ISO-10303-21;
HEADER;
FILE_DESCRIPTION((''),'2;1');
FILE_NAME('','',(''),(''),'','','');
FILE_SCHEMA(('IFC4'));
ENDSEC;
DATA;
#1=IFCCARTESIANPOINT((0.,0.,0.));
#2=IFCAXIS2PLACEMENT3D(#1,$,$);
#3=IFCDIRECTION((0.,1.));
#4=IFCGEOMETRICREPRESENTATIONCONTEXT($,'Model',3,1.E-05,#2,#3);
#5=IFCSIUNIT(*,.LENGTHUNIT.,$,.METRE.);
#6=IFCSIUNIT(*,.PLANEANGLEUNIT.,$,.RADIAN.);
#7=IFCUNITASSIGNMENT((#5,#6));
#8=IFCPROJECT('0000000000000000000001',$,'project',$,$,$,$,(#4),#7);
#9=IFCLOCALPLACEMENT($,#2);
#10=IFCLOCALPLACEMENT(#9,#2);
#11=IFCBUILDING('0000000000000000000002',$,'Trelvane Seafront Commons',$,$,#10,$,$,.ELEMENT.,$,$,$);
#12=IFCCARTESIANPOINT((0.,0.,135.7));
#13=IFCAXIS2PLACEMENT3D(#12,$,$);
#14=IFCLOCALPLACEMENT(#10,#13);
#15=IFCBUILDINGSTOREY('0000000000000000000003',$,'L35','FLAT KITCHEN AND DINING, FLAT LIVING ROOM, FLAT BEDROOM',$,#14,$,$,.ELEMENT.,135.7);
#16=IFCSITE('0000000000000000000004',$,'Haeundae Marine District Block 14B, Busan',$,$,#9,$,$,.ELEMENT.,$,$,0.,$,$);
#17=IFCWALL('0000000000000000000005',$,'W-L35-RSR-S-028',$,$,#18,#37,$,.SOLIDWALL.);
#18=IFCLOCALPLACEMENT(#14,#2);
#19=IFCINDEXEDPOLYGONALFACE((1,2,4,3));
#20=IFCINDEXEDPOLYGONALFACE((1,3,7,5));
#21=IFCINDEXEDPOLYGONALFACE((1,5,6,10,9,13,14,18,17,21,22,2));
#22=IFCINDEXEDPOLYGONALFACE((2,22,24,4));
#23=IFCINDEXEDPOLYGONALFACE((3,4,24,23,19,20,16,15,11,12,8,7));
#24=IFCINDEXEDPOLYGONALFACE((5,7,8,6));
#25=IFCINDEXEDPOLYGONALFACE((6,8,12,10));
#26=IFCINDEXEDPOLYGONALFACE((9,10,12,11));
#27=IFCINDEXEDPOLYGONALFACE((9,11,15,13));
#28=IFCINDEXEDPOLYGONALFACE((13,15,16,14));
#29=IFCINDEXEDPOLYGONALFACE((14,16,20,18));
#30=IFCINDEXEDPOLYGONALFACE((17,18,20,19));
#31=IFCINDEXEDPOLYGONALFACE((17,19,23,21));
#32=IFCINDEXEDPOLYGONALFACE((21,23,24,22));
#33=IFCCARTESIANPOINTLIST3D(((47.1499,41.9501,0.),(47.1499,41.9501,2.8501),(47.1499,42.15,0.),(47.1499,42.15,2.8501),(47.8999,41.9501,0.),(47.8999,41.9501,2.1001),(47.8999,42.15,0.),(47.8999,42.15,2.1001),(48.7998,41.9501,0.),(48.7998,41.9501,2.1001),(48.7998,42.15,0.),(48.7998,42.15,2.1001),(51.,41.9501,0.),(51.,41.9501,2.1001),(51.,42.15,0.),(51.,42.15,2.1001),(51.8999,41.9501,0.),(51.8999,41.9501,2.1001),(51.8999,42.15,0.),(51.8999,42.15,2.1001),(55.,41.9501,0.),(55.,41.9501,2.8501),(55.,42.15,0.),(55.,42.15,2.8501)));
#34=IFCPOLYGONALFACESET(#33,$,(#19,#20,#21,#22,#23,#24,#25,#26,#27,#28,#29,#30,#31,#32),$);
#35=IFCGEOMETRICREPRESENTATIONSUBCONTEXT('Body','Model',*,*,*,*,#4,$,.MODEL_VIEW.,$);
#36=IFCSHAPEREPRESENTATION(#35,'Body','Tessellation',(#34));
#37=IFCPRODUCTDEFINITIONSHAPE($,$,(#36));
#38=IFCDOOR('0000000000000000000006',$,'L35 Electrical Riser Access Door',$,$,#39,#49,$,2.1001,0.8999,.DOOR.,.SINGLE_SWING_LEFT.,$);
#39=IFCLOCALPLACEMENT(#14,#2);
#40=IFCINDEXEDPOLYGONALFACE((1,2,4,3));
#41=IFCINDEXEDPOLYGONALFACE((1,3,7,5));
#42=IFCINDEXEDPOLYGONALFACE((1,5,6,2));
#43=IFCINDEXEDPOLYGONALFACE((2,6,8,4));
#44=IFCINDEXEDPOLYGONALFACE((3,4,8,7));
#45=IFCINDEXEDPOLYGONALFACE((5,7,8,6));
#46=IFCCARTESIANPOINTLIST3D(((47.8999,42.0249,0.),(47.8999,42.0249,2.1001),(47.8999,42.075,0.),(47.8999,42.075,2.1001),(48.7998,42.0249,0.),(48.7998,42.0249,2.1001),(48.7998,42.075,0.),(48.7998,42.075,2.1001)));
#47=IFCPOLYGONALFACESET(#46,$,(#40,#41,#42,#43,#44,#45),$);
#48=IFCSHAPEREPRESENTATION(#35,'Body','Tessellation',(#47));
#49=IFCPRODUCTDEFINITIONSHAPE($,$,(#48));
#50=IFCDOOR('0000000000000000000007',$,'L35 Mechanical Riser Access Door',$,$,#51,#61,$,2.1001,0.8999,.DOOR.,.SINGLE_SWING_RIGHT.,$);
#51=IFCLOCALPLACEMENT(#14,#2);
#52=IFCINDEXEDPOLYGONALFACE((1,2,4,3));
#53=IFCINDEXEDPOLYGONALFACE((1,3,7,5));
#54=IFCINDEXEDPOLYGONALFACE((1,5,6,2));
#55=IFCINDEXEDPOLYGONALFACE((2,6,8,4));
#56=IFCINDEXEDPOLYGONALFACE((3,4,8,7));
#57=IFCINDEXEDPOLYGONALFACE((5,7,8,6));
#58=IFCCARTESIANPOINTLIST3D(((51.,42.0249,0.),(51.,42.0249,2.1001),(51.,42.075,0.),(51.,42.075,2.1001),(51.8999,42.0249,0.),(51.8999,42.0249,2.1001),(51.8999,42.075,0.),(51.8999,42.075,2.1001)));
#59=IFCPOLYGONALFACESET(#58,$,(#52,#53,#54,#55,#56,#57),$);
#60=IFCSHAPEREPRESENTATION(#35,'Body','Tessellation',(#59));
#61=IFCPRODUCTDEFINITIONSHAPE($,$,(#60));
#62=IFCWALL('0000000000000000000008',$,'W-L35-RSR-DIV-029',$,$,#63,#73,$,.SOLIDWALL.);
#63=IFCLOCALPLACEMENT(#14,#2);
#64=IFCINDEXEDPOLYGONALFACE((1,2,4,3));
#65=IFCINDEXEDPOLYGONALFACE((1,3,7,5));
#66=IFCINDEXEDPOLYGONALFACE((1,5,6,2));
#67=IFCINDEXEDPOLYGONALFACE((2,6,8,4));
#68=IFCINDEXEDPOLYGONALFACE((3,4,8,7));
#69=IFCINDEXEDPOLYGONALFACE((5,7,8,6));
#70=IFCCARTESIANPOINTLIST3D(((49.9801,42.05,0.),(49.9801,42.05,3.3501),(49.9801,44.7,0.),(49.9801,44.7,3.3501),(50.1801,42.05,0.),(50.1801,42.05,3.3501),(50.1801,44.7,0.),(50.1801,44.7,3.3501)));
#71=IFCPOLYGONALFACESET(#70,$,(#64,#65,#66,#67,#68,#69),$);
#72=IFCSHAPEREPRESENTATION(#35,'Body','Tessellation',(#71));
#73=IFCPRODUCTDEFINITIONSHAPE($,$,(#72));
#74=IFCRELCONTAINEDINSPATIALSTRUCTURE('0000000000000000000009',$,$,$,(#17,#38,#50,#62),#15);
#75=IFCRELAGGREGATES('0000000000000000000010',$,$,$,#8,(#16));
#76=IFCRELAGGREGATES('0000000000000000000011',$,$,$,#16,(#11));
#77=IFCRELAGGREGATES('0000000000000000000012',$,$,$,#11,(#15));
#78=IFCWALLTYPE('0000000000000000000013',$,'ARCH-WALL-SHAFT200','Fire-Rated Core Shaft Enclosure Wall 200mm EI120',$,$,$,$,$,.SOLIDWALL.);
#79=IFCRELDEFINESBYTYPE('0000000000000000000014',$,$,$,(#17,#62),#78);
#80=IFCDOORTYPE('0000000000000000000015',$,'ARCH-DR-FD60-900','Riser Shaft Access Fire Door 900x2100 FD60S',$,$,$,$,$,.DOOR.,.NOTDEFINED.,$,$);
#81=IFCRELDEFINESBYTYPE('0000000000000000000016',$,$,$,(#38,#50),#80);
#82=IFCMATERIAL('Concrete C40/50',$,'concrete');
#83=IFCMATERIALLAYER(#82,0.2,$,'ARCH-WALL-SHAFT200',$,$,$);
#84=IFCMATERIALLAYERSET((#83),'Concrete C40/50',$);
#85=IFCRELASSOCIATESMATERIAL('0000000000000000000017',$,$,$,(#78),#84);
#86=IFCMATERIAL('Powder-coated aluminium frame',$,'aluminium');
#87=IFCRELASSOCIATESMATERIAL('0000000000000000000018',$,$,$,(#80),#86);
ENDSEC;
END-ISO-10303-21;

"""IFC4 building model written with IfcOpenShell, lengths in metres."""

from ifc_helpers import new_model, si_unit, direction, frame, frame_2d, origin, place, context, subcontext, project, spatial, rectangle, extrude, source, transform, mapped, material, layer, layer_set, type_object, element, fill, save


model = new_model("IFC4")

# Units and contexts
model_context = context("Model", 3, precision=1e-05, world=origin(), true_north=direction((0.0, 1.0)))
body_context = subcontext(model_context, "Body", "Model", "MODEL_VIEW")
ifc_project = project(units=[si_unit("LENGTHUNIT", "METRE"), si_unit("PLANEANGLEUNIT", "RADIAN")], contexts=[model_context])

# Site, building, storey
site_placement = place(None, origin())
site = spatial("IfcSite", under=ifc_project, at=site_placement, Name="Haeundae Marine District Block 14B, Busan", CompositionType="ELEMENT", RefElevation=0.0)
building_placement = place(site_placement, origin())
building = spatial("IfcBuilding", under=site, at=building_placement, Name="Trelvane Seafront Commons", CompositionType="ELEMENT")
storey_placement = place(building_placement, frame((0.0, 0.0, 135.7)))
storey = spatial("IfcBuildingStorey", under=building, at=storey_placement, Name="L35", Description="FLAT KITCHEN AND DINING, FLAT LIVING ROOM, FLAT BEDROOM", CompositionType="ELEMENT", Elevation=135.7)

# Shared definitions
ifc_material_1 = material(Name="Concrete C40/50", Category="concrete")
ifc_layer_1 = layer(ifc_material_1, 0.2, Name="ARCH-WALL-SHAFT200")
ifc_layer_set_1 = layer_set([ifc_layer_1], Name="Concrete C40/50")
wall_type_1 = type_object("IfcWallType", Name="ARCH-WALL-SHAFT200", Description="Fire-Rated Core Shaft Enclosure Wall 200mm EI120", PredefinedType="SOLIDWALL", material=ifc_layer_set_1)

# Wall, openings, doors
wall_1_placement = place(storey_placement, frame((47.1499, 42.05, 0.0), z_axis=(0.0, 0.0, 1.0), x_axis=(1.0, 0.0, 0.0)))
wall_1 = element("IfcWall", 1, at=wall_1_placement, inside=storey, type_object=wall_type_1, Name="W-L35-RSR-S-028", PredefinedType="SOLIDWALL", context=body_context, shape_type="SweptSolid", body=[
    extrude(rectangle(XDim=7.8501, YDim=0.2, at=frame_2d((3.925, 0.0))), origin(), (0.0, 0.0, 1.0), 2.8501),
])
opening_1_placement = place(wall_1_placement, frame((0.75, 0.0, 0.0)))
opening_1 = element("IfcOpeningElement", 2, at=opening_1_placement, cuts=wall_1, PredefinedType="OPENING", context=body_context, shape_type="SweptSolid", body=[
    extrude(rectangle(XDim=0.8999, YDim=2.1001, at=frame_2d((0.45, 1.05))), frame((0.0, 0.1099, 0.0), z_axis=(0.0, -1.0, 0.0), x_axis=(1.0, 0.0, 0.0)), (0.0, 0.0, 1.0), 0.22),
])
opening_2_placement = place(wall_1_placement, frame((3.8501, 0.0, 0.0)))
opening_2 = element("IfcOpeningElement", 3, at=opening_2_placement, cuts=wall_1, PredefinedType="OPENING", context=body_context, shape_type="SweptSolid", body=[
    extrude(rectangle(XDim=0.8999, YDim=2.1001, at=frame_2d((0.45, 1.05))), frame((0.0, 0.1099, 0.0), z_axis=(0.0, -1.0, 0.0), x_axis=(1.0, 0.0, 0.0)), (0.0, 0.0, 1.0), 0.22),
])
ifc_material_2 = material(Name="Powder-coated aluminium frame", Category="aluminium")
door_type_1 = type_object("IfcDoorType", Name="ARCH-DR-FD60-900", Description="Riser Shaft Access Fire Door 900x2100 FD60S", OperationType="NOTDEFINED", PredefinedType="DOOR", material=ifc_material_2)
shared_shape_1 = source(origin(), body_context, "Body", "SweptSolid", [
    extrude(rectangle(XDim=0.8999, YDim=2.1001, at=frame_2d((0.45, 1.05))), frame((0.0, 0.0249, 0.0), z_axis=(0.0, -1.0, 0.0), x_axis=(1.0, 0.0, 0.0)), (0.0, 0.0, 1.0), 0.05),
])
door_1_placement = place(opening_1_placement, origin())
door_1 = element("IfcDoor", 4, at=door_1_placement, inside=storey, type_object=door_type_1, Name="L35 Electrical Riser Access Door", OperationType="SINGLE_SWING_LEFT", OverallHeight=2.1001, OverallWidth=0.8999, PredefinedType="DOOR", context=body_context, shape_type="MappedRepresentation", body=[
    mapped(shared_shape_1, transform((0.0, 0.0, 0.0), x_axis=(1.0, 0.0, 0.0), y_axis=(0.0, 1.0, 0.0), z_axis=(0.0, 0.0, 1.0), scale=1.0)),
])
fill(opening_1, door_1)
door_2_placement = place(opening_2_placement, origin())
door_2 = element("IfcDoor", 5, at=door_2_placement, inside=storey, type_object=door_type_1, Name="L35 Mechanical Riser Access Door", OperationType="SINGLE_SWING_RIGHT", OverallHeight=2.1001, OverallWidth=0.8999, PredefinedType="DOOR", context=body_context, shape_type="MappedRepresentation", body=[
    mapped(shared_shape_1, transform((0.0, 0.0, 0.0), x_axis=(1.0, 0.0, 0.0), y_axis=(0.0, 1.0, 0.0), z_axis=(0.0, 0.0, 1.0), scale=1.0)),
])
fill(opening_2, door_2)

# Wall
wall_2_placement = place(storey_placement, frame((50.0801, 42.05, 0.0), z_axis=(0.0, 0.0, 1.0), x_axis=(0.0, 1.0, 0.0)))
element("IfcWall", 6, at=wall_2_placement, inside=storey, type_object=wall_type_1, Name="W-L35-RSR-DIV-029", PredefinedType="SOLIDWALL", context=body_context, shape_type="SweptSolid", body=[
    extrude(rectangle(XDim=2.6499, YDim=0.2, at=frame_2d((1.325, 0.0))), origin(), (0.0, 0.0, 1.0), 3.3501),
])

save(model, "model.ifc")
